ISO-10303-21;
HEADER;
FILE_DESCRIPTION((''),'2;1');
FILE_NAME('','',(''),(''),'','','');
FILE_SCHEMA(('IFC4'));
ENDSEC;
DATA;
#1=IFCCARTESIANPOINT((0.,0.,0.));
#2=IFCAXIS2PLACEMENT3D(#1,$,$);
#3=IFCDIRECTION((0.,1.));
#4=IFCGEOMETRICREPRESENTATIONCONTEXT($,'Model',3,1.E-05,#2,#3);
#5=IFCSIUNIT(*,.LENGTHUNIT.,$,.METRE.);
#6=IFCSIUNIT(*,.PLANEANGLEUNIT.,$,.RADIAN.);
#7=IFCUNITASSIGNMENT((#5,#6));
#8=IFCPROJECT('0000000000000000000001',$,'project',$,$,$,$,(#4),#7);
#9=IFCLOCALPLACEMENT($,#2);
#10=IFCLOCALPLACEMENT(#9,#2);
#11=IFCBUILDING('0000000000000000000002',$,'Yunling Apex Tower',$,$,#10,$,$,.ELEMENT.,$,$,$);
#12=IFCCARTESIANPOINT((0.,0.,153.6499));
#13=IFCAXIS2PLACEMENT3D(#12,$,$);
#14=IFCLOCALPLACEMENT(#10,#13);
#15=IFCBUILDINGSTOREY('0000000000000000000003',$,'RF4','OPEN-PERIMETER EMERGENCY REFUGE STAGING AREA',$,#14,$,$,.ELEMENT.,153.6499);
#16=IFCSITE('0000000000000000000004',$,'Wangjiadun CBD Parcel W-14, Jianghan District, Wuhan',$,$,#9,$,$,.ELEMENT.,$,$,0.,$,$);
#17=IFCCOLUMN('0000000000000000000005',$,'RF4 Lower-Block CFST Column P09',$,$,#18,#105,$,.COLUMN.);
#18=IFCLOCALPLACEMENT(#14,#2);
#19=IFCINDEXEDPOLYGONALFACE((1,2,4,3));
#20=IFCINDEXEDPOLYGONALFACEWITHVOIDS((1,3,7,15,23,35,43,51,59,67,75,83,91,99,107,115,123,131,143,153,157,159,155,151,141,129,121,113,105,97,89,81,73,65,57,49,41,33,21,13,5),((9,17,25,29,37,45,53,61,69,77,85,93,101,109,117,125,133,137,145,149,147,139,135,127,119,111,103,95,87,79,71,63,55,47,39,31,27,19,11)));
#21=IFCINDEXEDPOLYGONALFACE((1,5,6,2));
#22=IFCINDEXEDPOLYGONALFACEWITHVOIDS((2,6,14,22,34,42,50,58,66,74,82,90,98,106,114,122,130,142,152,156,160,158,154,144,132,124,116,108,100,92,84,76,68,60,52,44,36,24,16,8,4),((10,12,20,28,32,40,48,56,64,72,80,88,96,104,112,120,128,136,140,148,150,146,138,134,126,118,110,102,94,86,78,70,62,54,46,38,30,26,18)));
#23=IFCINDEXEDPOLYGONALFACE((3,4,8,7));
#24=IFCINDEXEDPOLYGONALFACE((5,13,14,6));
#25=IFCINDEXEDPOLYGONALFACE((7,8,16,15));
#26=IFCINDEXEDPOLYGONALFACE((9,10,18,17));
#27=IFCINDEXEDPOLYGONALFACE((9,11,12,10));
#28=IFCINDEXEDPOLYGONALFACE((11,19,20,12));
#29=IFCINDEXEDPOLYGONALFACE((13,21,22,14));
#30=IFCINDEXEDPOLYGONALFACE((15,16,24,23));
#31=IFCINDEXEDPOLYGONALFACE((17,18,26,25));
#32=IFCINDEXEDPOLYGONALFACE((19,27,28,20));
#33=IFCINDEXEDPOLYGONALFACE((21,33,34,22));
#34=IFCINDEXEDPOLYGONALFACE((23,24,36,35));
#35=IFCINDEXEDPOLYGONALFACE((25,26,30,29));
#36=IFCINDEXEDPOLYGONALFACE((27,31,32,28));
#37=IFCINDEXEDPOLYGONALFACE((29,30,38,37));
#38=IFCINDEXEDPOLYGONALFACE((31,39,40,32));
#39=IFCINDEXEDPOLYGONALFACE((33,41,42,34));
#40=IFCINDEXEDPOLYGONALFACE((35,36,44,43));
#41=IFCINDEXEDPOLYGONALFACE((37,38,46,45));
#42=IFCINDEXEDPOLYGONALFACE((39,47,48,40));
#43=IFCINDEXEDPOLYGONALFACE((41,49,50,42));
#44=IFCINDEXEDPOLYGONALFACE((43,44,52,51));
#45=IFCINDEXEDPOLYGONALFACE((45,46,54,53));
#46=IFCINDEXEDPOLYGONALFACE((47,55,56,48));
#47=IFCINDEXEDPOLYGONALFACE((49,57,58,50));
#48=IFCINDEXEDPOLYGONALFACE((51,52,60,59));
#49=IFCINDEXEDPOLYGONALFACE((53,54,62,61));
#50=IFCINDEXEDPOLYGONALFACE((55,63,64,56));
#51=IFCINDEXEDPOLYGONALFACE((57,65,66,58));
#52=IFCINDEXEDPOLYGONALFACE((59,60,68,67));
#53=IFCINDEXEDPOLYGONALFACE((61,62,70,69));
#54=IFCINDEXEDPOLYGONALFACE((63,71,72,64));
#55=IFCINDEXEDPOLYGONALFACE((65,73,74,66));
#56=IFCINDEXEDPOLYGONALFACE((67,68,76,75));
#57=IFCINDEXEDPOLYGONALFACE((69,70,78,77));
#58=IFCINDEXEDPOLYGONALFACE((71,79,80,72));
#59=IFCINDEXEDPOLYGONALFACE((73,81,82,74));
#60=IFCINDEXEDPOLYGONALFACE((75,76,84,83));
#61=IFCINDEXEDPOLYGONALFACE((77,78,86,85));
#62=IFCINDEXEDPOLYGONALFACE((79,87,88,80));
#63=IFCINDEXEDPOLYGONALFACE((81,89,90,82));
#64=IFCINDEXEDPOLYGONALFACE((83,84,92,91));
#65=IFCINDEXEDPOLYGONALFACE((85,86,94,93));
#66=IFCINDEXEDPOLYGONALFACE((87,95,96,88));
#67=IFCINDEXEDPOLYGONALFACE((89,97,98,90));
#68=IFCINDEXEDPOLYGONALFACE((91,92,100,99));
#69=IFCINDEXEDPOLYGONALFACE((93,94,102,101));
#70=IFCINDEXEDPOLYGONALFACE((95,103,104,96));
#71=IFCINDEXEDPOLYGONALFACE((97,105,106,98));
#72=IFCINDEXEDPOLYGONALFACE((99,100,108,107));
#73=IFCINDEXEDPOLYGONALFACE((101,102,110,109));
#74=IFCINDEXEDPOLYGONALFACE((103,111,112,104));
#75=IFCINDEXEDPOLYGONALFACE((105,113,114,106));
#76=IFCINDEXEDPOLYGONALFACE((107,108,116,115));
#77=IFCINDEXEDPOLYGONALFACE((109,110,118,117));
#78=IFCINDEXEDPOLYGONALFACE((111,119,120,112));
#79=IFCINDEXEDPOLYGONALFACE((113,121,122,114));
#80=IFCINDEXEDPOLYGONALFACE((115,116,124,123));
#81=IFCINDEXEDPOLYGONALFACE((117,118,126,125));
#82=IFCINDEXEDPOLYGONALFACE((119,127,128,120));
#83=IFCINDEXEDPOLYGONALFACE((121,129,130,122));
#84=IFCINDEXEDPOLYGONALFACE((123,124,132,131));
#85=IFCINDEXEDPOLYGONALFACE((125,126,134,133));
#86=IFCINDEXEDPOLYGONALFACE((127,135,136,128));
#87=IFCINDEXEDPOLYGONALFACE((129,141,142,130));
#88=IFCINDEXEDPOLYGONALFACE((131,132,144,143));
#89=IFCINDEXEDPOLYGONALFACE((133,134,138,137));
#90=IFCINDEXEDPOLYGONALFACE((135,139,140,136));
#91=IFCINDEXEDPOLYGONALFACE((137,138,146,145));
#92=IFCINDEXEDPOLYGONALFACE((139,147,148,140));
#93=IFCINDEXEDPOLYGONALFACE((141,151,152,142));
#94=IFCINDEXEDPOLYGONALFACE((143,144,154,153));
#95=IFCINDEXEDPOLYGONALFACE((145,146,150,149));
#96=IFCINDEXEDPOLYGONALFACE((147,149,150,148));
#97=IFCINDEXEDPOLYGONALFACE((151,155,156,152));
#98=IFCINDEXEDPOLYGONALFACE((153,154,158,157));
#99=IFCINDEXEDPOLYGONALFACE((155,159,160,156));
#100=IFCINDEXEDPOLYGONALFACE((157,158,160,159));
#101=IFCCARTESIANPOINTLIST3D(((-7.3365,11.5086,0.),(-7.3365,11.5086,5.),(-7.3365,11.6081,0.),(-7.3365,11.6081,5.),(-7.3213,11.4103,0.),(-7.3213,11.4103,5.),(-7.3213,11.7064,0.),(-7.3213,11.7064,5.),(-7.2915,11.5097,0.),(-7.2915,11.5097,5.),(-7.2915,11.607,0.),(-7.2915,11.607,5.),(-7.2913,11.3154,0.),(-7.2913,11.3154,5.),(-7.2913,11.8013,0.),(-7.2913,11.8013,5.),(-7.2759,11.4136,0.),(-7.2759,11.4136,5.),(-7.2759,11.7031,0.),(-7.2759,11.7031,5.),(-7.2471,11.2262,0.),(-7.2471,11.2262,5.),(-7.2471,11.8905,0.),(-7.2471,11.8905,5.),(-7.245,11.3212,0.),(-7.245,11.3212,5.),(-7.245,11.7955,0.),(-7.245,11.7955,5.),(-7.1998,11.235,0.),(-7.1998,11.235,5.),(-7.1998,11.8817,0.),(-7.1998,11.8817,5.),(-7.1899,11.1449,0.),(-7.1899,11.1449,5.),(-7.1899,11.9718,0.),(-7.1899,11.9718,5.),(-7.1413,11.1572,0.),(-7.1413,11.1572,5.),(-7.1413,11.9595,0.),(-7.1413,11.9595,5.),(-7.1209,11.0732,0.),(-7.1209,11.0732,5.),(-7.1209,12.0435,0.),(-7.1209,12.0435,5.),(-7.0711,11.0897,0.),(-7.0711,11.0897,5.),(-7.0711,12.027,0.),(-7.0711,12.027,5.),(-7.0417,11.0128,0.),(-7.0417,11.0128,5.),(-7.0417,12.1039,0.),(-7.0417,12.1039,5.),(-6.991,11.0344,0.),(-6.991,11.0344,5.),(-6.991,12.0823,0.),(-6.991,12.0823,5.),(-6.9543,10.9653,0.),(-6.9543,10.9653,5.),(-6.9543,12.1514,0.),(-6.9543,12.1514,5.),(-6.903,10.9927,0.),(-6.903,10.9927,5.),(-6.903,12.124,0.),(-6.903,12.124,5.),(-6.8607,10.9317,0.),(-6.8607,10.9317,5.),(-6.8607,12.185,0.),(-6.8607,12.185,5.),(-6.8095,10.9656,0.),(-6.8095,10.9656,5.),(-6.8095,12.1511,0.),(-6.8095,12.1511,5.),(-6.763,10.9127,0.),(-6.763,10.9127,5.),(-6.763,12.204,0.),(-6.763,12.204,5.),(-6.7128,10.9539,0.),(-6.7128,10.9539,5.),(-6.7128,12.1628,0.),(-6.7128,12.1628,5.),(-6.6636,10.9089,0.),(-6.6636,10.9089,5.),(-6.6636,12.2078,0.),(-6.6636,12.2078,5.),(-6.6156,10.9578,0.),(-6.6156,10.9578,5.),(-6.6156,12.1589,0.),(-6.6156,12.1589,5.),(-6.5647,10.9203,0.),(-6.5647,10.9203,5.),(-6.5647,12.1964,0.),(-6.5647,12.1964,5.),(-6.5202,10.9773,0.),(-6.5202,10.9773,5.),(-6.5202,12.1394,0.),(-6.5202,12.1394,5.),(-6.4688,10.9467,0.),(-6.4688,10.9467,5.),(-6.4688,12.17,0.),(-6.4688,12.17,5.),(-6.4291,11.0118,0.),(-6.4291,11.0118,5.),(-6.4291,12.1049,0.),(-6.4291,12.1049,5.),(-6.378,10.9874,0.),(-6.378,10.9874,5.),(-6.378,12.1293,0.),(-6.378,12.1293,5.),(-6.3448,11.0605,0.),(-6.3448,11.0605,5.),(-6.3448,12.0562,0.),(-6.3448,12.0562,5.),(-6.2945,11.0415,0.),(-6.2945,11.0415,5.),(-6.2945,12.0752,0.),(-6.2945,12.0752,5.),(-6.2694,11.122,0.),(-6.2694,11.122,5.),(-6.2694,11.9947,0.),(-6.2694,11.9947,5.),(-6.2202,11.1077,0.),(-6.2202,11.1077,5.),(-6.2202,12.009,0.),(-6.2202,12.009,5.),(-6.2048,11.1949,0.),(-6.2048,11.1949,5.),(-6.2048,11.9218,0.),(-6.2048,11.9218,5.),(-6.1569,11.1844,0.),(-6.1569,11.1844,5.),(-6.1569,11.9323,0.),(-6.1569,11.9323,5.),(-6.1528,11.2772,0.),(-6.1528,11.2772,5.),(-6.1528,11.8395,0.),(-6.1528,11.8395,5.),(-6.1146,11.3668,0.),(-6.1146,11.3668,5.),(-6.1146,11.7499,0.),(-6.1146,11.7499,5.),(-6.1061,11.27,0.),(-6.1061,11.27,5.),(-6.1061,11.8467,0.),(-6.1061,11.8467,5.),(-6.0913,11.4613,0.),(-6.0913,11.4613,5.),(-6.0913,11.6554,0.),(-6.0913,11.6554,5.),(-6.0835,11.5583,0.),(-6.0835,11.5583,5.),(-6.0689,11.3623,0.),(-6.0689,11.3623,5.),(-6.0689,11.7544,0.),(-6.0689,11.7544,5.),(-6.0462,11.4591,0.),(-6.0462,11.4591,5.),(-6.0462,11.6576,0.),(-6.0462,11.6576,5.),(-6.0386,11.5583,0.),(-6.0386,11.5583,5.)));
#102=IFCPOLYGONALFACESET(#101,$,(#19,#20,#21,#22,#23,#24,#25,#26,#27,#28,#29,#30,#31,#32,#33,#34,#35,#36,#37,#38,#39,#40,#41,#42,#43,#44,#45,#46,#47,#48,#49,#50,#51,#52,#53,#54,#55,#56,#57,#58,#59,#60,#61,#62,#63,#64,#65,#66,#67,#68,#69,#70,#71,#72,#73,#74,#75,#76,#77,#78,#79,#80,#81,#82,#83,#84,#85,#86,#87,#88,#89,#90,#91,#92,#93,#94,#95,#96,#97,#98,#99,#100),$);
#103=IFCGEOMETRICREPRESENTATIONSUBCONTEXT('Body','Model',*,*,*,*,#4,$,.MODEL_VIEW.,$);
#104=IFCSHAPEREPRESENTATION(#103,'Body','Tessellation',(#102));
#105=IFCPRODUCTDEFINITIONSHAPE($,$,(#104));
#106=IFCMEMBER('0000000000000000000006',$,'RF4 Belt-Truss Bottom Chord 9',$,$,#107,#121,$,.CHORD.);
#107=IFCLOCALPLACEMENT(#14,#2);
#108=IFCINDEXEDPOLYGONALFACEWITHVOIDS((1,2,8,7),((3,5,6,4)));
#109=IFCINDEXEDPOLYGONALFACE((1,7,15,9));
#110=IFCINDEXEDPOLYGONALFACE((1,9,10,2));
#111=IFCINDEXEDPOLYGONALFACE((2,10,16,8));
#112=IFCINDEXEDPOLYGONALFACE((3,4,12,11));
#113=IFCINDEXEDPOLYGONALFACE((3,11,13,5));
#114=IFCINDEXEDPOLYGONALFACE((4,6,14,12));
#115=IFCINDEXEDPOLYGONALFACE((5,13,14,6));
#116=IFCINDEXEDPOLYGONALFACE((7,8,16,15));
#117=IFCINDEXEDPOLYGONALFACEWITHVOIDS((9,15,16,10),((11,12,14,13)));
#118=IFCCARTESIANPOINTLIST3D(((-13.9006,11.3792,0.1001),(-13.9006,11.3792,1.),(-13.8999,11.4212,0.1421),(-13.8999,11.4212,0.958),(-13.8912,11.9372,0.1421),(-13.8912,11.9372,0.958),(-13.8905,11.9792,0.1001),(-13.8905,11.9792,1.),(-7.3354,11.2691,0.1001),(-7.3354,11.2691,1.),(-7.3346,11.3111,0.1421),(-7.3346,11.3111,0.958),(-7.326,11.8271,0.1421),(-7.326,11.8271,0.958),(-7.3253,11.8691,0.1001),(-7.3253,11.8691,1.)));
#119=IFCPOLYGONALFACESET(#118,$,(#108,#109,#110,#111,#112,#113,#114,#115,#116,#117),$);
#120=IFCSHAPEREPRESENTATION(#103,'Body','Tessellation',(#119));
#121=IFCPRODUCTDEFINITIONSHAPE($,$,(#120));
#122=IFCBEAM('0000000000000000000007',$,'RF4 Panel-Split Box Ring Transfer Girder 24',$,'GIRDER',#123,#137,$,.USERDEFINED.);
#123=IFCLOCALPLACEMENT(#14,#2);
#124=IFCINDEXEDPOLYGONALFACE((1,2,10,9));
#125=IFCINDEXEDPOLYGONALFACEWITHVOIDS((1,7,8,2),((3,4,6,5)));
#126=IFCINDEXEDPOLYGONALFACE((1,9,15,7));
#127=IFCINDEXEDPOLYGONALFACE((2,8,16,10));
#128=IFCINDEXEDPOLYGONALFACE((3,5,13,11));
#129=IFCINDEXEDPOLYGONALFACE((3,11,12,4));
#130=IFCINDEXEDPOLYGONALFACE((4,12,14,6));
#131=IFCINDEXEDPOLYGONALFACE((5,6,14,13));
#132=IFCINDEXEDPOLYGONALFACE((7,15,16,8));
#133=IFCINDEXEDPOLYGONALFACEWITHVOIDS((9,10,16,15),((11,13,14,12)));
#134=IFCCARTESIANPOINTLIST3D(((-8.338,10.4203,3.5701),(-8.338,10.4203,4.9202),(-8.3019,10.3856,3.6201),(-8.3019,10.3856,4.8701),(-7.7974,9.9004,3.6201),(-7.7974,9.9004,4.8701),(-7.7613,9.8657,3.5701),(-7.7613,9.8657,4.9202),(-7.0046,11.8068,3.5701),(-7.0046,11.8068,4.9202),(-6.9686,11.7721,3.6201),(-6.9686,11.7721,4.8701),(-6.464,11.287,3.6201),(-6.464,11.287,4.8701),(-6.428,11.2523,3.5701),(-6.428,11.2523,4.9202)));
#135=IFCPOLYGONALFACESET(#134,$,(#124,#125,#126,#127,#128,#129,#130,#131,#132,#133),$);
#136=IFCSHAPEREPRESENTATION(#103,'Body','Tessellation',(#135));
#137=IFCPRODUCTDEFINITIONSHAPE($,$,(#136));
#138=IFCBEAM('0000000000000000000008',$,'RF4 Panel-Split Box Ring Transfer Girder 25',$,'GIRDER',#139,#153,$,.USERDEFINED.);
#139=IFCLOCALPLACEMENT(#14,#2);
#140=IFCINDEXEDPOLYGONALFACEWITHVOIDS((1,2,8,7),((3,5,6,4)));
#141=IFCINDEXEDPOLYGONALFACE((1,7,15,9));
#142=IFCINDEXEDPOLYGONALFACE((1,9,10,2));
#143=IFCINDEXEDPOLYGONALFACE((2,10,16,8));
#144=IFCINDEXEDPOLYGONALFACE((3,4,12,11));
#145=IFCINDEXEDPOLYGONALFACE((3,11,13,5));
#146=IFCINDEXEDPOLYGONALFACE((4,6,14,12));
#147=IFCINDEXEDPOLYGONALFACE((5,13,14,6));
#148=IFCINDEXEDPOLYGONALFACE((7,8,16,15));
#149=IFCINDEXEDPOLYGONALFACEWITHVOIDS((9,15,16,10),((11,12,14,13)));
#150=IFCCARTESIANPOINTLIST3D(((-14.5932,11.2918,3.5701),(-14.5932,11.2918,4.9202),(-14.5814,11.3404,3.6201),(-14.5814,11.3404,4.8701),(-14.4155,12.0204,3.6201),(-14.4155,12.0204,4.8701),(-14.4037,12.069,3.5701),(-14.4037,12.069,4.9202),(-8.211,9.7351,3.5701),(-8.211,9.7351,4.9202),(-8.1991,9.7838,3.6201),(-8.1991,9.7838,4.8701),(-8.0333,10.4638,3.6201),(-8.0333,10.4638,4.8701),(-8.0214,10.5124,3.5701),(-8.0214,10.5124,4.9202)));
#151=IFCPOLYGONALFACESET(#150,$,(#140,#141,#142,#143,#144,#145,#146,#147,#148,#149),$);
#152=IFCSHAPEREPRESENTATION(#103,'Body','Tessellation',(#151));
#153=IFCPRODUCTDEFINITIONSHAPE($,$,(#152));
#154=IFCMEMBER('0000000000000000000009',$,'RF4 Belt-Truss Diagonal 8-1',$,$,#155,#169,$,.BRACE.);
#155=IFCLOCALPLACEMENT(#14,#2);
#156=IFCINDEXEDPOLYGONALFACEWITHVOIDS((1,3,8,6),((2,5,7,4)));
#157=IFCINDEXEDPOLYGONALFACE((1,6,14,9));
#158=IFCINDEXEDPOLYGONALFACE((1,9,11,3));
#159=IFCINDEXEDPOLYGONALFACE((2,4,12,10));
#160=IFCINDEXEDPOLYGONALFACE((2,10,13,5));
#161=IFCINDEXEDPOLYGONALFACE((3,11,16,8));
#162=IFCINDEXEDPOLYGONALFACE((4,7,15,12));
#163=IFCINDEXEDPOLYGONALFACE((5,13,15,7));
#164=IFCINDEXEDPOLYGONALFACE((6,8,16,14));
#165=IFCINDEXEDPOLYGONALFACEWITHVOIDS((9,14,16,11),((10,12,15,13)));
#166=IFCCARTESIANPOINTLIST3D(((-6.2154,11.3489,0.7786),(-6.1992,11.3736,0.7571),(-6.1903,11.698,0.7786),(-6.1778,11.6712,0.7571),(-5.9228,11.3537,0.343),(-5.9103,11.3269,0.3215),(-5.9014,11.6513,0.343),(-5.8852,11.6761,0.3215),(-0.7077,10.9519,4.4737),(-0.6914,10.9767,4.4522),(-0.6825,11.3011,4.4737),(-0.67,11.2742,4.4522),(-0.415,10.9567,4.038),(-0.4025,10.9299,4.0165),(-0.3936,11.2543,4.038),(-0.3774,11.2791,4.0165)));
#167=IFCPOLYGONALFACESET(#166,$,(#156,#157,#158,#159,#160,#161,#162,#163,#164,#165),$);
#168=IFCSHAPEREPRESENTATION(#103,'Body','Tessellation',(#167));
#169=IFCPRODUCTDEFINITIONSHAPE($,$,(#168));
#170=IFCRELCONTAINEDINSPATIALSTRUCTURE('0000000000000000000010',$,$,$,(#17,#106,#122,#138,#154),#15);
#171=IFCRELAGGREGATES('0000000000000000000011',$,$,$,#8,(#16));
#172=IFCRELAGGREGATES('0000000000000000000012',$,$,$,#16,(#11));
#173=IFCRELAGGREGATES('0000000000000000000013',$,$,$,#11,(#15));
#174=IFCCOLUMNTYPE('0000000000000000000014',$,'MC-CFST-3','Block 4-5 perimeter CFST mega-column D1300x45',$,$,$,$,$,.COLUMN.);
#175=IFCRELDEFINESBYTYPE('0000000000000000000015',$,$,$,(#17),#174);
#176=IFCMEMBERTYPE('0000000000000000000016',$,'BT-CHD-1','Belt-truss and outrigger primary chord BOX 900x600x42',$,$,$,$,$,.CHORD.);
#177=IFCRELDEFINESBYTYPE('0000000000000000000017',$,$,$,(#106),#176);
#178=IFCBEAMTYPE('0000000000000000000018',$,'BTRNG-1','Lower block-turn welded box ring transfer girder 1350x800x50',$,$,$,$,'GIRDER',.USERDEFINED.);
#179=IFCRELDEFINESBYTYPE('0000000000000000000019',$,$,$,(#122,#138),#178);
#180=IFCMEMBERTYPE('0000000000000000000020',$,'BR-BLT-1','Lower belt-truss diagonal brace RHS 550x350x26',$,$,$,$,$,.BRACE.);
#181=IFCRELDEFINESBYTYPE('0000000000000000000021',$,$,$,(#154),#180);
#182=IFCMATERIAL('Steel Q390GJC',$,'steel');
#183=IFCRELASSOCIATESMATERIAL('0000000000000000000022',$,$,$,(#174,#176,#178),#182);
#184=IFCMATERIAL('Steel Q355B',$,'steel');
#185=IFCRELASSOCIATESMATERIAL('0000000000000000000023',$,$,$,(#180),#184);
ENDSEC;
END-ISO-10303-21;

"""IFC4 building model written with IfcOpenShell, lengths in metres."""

from ifc_helpers import new_model, si_unit, direction, frame, origin, origin_2d, place, context, subcontext, project, spatial, hollow_rectangle, hollow_circle, extrude, source, transform, mapped, material, material_profile, profile_set, type_object, element, save


model = new_model("IFC4")

# Units and contexts
model_context = context("Model", 3, precision=1e-05, world=origin(), true_north=direction((0.0, 1.0)))
body_context = subcontext(model_context, "Body", "Model", "MODEL_VIEW")
ifc_project = project(units=[si_unit("LENGTHUNIT", "METRE"), si_unit("PLANEANGLEUNIT", "RADIAN")], contexts=[model_context])

# Site, building, storey
site_placement = place(None, origin())
site = spatial("IfcSite", under=ifc_project, at=site_placement, Name="Wangjiadun CBD Parcel W-14, Jianghan District, Wuhan", CompositionType="ELEMENT", RefElevation=0.0)
building_placement = place(site_placement, origin())
building = spatial("IfcBuilding", under=site, at=building_placement, Name="Yunling Apex Tower", CompositionType="ELEMENT")
storey_placement = place(building_placement, frame((0.0, 0.0, 153.6499)))
storey = spatial("IfcBuildingStorey", under=building, at=storey_placement, Name="RF4", Description="OPEN-PERIMETER EMERGENCY REFUGE STAGING AREA", CompositionType="ELEMENT", Elevation=153.6499)

# Column
ifc_material_1 = material(Name="Steel Q390GJC", Category="steel")
ifc_material_profile_1 = material_profile(ifc_material_1, hollow_circle(Radius=0.6499, WallThickness=0.0449, at=origin_2d()))
ifc_profile_set_1 = profile_set([ifc_material_profile_1], Name="Steel Q390GJC")
column_type = type_object("IfcColumnType", Name="MC-CFST-3", Description="Block 4-5 perimeter CFST mega-column D1300x45", PredefinedType="COLUMN", material=ifc_profile_set_1)
shared_shape_1 = source(origin(), body_context, "Body", "SweptSolid", [
    extrude(hollow_circle(Radius=0.6499, WallThickness=0.0449, at=origin_2d()), origin(), (0.0, 0.0, 1.0), 5.0),
])
column_placement = place(storey_placement, frame((-6.6885, 11.5583, 0.0), z_axis=(0.0, 0.0, 1.0), x_axis=(1.0, 0.0, 0.0)))
element("IfcColumn", 1, at=column_placement, inside=storey, type_object=column_type, Name="RF4 Lower-Block CFST Column P09", PredefinedType="COLUMN", context=body_context, shape_type="MappedRepresentation", body=[
    mapped(shared_shape_1, transform((0.0, 0.0, 0.0), scale=1.0)),
])

# Member
ifc_material_profile_2 = material_profile(ifc_material_1, hollow_rectangle(XDim=0.6001, YDim=0.8999, WallThickness=0.042, at=origin_2d()))
ifc_profile_set_2 = profile_set([ifc_material_profile_2], Name="Steel Q390GJC")
member_type_1 = type_object("IfcMemberType", Name="BT-CHD-1", Description="Belt-truss and outrigger primary chord BOX 900x600x42", PredefinedType="CHORD", material=ifc_profile_set_2)
shared_shape_2 = source(origin(), body_context, "Body", "SweptSolid", [
    extrude(hollow_rectangle(XDim=0.6001, YDim=0.8999, WallThickness=0.042, at=origin_2d()), origin(), (0.0, 0.0, 1.0), 6.5662),
])
member_1_placement = place(storey_placement, frame((-7.3303, 11.5691, 0.55), z_axis=(-0.999859, 0.016769, 0.0), x_axis=(-0.016769, -0.999859, 0.0)))
element("IfcMember", 2, at=member_1_placement, inside=storey, type_object=member_type_1, Name="RF4 Belt-Truss Bottom Chord 9", PredefinedType="CHORD", context=body_context, shape_type="MappedRepresentation", body=[
    mapped(shared_shape_2, transform((0.0, 0.0, 0.0), scale=1.0)),
])

# Beams
ifc_material_profile_3 = material_profile(ifc_material_1, hollow_rectangle(XDim=0.8, YDim=1.3501, WallThickness=0.05, at=origin_2d()))
ifc_profile_set_3 = profile_set([ifc_material_profile_3], Name="Steel Q390GJC")
beam_type = type_object("IfcBeamType", Name="BTRNG-1", Description="Lower block-turn welded box ring transfer girder 1350x800x50", ElementType="GIRDER", PredefinedType="USERDEFINED", material=ifc_profile_set_3)
shared_shape_3 = source(origin(), body_context, "Body", "SweptSolid", [
    extrude(hollow_rectangle(XDim=0.8, YDim=1.3501, WallThickness=0.05, at=origin_2d()), origin(), (0.0, 0.0, 1.0), 1.9236),
])
beam_1_placement = place(storey_placement, frame((-6.7163, 11.5295, 4.2451), z_axis=(-0.693137, -0.720806, 0.0), x_axis=(0.720806, -0.693137, 0.0)))
element("IfcBeam", 3, at=beam_1_placement, inside=storey, type_object=beam_type, Name="RF4 Panel-Split Box Ring Transfer Girder 24", ObjectType="GIRDER", PredefinedType="USERDEFINED", context=body_context, shape_type="MappedRepresentation", body=[
    mapped(shared_shape_3, transform((0.0, 0.0, 0.0), scale=1.0)),
])
shared_shape_4 = source(origin(), body_context, "Body", "SweptSolid", [
    extrude(hollow_rectangle(XDim=0.8, YDim=1.3501, WallThickness=0.05, at=origin_2d()), origin(), (0.0, 0.0, 1.0), 6.5693),
])
beam_2_placement = place(storey_placement, frame((-8.1162, 10.1238, 4.2451), z_axis=(-0.971521, 0.236953, 0.0), x_axis=(-0.236953, -0.971521, 0.0)))
element("IfcBeam", 4, at=beam_2_placement, inside=storey, type_object=beam_type, Name="RF4 Panel-Split Box Ring Transfer Girder 25", ObjectType="GIRDER", PredefinedType="USERDEFINED", context=body_context, shape_type="MappedRepresentation", body=[
    mapped(shared_shape_4, transform((0.0, 0.0, 0.0), scale=1.0)),
])

# Member
ifc_material_2 = material(Name="Steel Q355B", Category="steel")
ifc_material_profile_4 = material_profile(ifc_material_2, hollow_rectangle(XDim=0.3501, YDim=0.55, WallThickness=0.0259, at=origin_2d()))
ifc_profile_set_4 = profile_set([ifc_material_profile_4], Name="Steel Q355B")
member_type_2 = type_object("IfcMemberType", Name="BR-BLT-1", Description="Lower belt-truss diagonal brace RHS 550x350x26", PredefinedType="BRACE", material=ifc_profile_set_4)
shared_shape_5 = source(origin(), body_context, "Body", "SweptSolid", [
    extrude(hollow_rectangle(XDim=0.3501, YDim=0.55, WallThickness=0.0259, at=origin_2d()), origin(), (0.0, 0.0, 1.0), 6.6443),
])
member_2_placement = place(storey_placement, frame((-6.0503, 11.5125, 0.55), z_axis=(0.828949, -0.059746, 0.556124), x_axis=(0.071888, 0.997413, 0.0)))
element("IfcMember", 5, at=member_2_placement, inside=storey, type_object=member_type_2, Name="RF4 Belt-Truss Diagonal 8-1", PredefinedType="BRACE", context=body_context, shape_type="MappedRepresentation", body=[
    mapped(shared_shape_5, transform((0.0, 0.0, 0.0), scale=1.0)),
])

save(model, "model.ifc")
